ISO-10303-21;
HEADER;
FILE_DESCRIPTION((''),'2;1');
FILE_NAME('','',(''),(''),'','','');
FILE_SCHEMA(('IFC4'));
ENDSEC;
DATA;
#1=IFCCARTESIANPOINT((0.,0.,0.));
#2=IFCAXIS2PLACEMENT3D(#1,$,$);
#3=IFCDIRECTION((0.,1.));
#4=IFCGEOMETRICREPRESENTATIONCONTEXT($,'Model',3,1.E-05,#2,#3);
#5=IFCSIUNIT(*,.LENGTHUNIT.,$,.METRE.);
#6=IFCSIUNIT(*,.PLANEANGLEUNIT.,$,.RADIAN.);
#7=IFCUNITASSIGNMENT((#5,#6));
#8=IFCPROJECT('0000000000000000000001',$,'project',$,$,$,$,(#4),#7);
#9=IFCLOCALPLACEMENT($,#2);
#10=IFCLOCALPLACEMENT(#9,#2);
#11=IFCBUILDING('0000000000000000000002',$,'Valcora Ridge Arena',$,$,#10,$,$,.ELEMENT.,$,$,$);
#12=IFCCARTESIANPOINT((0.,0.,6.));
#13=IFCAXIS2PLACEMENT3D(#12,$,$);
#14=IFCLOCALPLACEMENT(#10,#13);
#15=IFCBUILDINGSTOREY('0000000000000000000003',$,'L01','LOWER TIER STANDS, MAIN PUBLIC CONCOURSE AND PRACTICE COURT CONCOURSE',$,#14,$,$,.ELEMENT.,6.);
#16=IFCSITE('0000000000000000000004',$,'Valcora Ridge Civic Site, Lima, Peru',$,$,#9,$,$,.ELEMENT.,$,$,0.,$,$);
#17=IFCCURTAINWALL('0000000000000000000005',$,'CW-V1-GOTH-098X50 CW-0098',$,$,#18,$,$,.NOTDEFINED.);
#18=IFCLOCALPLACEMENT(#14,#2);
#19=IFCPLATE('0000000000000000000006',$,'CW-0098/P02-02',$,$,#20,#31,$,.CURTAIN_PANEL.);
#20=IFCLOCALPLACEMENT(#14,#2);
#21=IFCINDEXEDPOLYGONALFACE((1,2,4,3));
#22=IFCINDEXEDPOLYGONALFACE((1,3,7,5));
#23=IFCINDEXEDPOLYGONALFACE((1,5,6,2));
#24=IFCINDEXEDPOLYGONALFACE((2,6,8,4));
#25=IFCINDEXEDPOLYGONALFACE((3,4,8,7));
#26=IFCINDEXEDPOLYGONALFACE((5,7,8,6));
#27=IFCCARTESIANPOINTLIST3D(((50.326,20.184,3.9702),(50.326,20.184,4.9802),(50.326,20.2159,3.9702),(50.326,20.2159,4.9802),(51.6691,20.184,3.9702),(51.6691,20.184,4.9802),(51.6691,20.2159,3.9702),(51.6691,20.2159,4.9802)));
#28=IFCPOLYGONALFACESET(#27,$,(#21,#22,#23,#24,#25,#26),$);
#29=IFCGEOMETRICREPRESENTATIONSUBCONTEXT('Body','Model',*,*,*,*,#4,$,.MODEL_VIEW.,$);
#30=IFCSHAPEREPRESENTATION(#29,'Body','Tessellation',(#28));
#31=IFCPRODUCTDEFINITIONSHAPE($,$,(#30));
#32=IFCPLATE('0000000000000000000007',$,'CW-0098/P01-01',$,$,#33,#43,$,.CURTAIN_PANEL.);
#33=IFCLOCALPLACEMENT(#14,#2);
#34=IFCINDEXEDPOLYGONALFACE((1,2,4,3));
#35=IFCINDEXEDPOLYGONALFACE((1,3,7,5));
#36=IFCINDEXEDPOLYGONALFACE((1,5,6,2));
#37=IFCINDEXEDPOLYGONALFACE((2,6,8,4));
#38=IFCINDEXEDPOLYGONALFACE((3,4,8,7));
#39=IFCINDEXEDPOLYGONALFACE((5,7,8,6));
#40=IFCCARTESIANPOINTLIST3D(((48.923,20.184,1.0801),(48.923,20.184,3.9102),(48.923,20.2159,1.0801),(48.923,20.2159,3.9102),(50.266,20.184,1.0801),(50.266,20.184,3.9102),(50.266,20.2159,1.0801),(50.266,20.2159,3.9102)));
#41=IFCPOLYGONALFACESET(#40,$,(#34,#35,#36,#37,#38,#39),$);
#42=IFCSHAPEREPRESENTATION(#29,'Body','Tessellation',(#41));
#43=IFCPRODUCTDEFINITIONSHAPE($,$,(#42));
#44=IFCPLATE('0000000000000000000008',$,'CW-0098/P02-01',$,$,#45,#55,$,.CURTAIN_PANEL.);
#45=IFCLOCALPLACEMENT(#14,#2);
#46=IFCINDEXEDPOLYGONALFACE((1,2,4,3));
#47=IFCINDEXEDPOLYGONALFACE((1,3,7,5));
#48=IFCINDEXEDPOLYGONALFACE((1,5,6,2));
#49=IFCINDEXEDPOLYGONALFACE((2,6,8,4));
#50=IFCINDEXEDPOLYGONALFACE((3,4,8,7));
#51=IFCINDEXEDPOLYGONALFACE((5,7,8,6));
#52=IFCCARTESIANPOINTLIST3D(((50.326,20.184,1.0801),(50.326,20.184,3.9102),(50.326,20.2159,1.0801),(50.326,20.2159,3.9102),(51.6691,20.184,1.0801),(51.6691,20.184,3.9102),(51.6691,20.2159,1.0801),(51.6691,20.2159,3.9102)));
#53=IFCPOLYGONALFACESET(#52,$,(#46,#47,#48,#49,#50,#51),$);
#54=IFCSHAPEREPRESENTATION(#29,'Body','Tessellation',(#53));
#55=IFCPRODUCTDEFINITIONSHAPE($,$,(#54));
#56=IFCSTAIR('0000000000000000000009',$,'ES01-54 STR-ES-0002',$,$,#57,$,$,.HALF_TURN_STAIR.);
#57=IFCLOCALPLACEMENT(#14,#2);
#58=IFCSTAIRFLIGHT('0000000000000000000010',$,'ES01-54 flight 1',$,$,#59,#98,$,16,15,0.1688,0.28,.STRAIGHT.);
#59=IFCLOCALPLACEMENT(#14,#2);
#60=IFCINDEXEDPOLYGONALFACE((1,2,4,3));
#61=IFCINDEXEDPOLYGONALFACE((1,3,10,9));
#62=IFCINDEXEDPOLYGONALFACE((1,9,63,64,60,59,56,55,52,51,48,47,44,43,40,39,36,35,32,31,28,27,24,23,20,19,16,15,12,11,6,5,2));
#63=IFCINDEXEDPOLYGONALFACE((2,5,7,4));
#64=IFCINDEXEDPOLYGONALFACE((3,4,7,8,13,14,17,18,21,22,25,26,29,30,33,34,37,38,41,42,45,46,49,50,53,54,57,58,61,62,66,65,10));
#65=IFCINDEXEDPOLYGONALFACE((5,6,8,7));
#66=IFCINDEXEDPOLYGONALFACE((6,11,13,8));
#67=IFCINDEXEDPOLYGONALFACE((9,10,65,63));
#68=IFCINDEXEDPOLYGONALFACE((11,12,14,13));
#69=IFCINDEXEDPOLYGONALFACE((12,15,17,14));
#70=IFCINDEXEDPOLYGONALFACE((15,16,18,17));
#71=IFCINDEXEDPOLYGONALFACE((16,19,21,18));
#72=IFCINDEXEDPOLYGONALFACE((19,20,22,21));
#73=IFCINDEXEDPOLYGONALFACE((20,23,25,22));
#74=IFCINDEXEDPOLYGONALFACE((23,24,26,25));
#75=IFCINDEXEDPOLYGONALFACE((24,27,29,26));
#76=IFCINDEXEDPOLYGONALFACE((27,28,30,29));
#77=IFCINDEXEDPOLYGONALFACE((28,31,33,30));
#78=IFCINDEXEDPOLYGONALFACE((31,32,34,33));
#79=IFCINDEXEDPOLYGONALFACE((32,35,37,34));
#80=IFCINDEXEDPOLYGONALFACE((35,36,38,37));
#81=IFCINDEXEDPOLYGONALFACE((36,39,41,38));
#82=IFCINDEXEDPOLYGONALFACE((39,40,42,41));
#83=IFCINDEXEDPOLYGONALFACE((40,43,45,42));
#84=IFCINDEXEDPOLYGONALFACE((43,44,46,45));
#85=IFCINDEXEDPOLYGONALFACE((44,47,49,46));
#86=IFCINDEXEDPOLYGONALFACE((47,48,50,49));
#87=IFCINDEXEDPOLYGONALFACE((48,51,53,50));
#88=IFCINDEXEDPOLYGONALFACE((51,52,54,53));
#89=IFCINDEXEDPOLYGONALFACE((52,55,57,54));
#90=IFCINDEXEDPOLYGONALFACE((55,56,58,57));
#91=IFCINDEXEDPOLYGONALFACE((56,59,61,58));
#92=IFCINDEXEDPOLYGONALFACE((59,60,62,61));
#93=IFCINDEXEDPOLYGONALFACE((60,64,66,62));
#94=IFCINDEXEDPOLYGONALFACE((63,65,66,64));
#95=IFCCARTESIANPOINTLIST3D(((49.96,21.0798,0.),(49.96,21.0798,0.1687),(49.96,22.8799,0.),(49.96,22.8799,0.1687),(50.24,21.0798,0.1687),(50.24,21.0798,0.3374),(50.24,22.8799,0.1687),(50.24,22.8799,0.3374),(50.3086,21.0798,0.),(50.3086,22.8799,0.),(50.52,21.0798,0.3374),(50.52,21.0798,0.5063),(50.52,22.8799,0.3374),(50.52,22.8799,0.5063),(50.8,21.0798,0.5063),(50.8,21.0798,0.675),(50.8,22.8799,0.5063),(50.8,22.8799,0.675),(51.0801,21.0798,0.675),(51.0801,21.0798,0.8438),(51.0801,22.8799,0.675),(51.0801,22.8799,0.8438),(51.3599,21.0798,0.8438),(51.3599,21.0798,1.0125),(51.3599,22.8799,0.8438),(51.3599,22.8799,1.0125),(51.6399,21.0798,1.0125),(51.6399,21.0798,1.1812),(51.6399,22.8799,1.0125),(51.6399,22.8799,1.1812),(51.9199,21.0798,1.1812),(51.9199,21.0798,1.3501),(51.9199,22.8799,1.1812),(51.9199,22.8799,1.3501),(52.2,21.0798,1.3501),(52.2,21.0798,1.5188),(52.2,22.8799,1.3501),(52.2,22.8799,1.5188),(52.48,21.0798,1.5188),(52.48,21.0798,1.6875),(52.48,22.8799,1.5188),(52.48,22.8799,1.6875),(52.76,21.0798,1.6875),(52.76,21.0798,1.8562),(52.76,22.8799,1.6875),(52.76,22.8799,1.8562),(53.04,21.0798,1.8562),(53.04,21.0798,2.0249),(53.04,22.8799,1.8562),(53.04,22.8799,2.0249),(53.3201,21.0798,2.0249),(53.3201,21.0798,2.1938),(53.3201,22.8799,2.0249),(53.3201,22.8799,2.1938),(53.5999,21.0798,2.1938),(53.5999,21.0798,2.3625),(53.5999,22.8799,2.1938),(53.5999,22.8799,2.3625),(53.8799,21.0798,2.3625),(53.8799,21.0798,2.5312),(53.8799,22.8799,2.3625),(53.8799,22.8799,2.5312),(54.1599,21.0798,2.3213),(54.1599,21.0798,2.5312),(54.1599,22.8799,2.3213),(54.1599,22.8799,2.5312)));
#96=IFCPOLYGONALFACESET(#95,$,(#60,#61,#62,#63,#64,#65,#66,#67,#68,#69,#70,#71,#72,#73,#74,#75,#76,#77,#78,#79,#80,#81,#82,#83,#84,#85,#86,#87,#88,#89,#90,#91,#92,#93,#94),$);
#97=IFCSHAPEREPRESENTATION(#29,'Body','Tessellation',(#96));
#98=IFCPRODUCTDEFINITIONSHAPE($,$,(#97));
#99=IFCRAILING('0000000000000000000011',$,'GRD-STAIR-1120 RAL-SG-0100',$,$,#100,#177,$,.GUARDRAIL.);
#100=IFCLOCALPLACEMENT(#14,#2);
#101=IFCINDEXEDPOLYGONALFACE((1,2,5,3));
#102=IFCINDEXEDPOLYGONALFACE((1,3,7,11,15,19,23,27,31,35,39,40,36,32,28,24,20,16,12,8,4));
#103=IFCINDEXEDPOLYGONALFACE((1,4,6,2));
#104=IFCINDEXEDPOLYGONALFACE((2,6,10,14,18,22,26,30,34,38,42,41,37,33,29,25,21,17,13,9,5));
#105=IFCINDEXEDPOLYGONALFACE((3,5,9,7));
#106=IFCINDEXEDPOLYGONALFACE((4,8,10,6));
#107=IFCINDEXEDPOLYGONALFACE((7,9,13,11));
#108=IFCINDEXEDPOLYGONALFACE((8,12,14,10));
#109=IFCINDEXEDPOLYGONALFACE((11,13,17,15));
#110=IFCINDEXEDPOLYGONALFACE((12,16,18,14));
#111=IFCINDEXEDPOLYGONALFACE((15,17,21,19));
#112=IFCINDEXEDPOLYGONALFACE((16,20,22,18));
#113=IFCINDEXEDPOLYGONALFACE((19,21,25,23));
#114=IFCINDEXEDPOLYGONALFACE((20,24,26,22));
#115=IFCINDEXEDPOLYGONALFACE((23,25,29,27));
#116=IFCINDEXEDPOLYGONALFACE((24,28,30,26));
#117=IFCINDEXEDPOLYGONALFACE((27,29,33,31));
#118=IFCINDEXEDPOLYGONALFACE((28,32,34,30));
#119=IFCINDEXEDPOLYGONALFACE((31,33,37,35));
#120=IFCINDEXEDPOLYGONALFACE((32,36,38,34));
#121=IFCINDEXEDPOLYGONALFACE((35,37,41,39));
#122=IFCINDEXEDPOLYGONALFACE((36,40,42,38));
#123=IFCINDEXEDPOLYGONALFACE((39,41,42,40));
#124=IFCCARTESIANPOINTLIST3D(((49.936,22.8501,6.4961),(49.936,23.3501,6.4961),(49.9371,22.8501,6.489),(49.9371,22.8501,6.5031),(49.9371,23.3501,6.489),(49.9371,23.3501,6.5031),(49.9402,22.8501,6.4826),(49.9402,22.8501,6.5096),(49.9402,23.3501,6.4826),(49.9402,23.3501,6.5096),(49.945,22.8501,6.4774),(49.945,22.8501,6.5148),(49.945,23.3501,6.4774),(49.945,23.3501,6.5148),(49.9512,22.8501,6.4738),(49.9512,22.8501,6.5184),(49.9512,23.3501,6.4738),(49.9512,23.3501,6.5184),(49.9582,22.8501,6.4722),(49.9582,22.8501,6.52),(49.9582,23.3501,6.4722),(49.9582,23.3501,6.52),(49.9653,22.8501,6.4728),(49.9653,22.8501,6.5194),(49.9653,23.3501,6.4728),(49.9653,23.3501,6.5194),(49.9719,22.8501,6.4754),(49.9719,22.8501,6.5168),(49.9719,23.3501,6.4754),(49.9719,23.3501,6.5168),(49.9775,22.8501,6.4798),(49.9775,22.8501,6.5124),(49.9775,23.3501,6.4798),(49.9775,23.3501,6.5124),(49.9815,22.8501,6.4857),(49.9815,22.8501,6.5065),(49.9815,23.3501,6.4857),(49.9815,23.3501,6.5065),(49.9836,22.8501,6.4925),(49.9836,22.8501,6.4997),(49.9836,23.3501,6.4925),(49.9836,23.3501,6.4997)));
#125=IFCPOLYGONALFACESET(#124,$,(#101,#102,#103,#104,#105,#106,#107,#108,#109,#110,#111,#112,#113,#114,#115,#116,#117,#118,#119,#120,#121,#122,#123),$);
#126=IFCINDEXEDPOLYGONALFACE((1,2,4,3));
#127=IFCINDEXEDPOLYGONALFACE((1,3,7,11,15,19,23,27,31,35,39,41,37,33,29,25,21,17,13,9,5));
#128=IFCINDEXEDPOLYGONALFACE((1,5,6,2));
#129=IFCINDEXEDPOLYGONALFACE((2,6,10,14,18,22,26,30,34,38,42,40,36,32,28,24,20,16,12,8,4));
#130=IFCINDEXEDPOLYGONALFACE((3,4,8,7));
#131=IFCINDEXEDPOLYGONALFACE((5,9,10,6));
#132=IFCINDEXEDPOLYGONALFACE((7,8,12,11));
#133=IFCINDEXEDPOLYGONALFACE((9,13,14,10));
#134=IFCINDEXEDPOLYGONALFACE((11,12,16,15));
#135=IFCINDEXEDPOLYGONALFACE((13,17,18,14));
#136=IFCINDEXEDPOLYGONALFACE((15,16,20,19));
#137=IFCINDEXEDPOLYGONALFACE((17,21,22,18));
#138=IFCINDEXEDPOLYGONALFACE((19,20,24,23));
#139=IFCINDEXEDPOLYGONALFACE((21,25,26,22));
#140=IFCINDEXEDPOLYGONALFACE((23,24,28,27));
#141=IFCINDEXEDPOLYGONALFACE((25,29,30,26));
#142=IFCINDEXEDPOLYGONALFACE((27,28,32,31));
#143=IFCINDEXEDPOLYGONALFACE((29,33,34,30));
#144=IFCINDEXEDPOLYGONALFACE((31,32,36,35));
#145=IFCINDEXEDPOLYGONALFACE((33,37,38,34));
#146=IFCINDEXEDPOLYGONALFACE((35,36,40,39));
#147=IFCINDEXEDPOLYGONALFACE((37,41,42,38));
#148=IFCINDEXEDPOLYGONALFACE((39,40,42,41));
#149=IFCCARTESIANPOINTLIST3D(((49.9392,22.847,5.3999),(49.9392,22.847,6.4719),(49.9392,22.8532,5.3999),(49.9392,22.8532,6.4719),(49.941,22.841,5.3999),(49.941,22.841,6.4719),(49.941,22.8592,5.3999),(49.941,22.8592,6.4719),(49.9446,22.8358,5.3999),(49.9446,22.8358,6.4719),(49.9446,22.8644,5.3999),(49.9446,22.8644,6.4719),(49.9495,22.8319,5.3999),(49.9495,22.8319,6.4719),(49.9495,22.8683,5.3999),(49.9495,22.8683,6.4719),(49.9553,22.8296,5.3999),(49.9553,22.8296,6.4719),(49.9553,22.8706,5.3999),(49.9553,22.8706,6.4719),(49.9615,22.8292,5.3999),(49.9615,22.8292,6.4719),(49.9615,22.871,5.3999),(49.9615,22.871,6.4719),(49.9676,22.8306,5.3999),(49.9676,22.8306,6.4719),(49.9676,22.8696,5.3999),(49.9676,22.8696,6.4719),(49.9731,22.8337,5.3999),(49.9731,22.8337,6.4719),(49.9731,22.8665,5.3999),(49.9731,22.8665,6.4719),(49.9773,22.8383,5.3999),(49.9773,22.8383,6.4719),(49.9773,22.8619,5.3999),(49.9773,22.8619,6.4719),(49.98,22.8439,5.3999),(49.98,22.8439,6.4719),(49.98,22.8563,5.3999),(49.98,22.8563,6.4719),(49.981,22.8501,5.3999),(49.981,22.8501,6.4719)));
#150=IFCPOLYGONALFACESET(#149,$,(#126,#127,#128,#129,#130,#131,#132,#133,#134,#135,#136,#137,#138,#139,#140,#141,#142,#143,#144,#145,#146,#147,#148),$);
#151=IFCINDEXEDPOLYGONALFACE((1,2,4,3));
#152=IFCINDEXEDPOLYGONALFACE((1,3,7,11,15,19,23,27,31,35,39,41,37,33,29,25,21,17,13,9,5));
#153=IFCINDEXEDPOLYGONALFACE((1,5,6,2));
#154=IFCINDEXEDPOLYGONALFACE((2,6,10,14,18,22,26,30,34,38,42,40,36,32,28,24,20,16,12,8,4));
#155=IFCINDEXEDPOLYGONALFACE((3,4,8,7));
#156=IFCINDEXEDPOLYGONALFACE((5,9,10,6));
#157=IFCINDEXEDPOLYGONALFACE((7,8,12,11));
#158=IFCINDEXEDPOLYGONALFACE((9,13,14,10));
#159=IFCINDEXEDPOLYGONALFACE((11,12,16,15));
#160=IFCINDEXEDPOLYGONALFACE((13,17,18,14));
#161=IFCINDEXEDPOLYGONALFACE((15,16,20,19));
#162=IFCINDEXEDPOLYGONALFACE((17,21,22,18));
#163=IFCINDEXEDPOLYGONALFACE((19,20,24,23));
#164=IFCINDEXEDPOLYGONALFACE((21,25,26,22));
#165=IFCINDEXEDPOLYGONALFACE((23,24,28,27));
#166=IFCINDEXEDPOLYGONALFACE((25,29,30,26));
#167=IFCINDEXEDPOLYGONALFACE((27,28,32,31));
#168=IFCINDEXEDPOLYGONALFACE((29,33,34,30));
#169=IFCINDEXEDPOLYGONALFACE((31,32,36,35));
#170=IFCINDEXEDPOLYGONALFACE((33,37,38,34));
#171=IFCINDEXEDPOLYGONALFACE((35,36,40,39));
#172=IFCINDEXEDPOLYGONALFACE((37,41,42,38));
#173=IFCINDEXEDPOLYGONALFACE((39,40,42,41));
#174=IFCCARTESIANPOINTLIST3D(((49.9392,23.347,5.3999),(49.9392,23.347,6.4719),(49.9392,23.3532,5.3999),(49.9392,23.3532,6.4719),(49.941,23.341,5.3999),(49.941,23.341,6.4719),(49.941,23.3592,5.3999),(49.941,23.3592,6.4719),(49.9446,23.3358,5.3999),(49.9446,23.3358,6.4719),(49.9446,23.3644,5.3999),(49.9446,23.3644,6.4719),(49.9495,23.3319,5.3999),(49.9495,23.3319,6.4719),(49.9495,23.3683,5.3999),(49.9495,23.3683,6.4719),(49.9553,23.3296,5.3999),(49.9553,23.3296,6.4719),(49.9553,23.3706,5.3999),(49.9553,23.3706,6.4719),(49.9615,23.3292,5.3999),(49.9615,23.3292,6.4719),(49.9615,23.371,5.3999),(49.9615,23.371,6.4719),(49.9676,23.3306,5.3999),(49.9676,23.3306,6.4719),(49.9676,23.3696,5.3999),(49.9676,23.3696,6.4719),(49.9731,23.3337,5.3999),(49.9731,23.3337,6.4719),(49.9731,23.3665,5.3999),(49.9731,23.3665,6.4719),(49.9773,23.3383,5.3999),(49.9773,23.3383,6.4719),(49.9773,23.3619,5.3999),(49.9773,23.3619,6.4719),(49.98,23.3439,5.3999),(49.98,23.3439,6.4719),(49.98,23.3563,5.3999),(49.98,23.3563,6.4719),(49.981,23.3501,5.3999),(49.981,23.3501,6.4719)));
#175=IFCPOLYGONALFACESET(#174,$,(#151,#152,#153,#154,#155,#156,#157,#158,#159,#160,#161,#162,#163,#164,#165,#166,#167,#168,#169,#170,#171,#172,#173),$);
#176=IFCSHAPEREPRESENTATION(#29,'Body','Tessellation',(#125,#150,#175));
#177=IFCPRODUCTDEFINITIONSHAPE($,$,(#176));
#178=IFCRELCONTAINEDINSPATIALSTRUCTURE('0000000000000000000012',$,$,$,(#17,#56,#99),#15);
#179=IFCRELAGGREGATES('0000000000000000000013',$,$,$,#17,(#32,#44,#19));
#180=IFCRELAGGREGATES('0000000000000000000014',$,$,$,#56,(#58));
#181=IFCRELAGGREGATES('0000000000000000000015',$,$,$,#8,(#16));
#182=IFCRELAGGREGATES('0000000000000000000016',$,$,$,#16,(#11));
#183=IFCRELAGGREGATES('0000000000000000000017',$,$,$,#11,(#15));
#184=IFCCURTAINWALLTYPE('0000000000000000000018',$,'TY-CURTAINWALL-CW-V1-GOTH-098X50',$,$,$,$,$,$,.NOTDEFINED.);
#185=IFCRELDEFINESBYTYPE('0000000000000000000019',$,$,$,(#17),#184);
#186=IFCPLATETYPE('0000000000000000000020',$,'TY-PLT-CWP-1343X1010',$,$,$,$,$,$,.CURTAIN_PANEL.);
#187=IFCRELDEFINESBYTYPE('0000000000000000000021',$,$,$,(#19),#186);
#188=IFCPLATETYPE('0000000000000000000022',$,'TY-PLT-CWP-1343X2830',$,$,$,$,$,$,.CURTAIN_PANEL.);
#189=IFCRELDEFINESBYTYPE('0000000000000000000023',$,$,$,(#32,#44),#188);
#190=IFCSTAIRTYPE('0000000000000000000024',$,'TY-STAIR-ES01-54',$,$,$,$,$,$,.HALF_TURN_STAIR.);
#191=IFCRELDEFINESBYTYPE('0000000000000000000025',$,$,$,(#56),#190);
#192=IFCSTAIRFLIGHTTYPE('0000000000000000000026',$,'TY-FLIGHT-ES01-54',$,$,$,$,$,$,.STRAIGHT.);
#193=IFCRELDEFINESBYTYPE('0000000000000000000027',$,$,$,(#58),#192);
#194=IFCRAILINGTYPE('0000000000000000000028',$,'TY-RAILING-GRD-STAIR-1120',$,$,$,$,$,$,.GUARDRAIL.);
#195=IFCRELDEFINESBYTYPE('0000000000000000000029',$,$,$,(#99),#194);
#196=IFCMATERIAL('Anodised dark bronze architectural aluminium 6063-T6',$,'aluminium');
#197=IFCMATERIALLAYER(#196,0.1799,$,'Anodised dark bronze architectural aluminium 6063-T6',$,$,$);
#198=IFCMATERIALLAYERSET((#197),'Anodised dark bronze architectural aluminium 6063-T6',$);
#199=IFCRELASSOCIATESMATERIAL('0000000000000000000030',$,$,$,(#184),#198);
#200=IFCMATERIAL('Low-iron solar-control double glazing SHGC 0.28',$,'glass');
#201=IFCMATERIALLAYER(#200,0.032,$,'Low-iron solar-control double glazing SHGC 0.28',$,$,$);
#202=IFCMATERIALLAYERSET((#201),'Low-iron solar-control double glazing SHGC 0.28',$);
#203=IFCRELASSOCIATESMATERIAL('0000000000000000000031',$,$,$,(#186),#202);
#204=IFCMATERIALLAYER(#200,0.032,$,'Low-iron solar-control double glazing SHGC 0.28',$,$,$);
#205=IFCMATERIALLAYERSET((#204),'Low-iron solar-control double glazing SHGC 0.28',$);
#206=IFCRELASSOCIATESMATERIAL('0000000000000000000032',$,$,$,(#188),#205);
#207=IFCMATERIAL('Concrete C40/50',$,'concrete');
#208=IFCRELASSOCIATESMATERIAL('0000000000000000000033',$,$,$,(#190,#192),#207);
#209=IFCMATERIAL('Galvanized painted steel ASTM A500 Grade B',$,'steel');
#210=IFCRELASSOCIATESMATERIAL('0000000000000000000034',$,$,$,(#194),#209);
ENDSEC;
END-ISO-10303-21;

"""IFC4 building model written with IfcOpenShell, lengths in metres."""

from ifc_helpers import new_model, si_unit, direction, frame, origin, origin_2d, place, context, subcontext, project, spatial, polyline, rectangle, circle, outline, extrude, material, layer, layer_set, type_object, element, aggregate, save


model = new_model("IFC4")

# Units and contexts
model_context = context("Model", 3, precision=1e-05, world=origin(), true_north=direction((0.0, 1.0)))
body_context = subcontext(model_context, "Body", "Model", "MODEL_VIEW")
ifc_project = project(units=[si_unit("LENGTHUNIT", "METRE"), si_unit("PLANEANGLEUNIT", "RADIAN")], contexts=[model_context])

# Site, building, storey
site_placement = place(None, origin())
site = spatial("IfcSite", under=ifc_project, at=site_placement, Name="Valcora Ridge Civic Site, Lima, Peru", CompositionType="ELEMENT", RefElevation=0.0)
building_placement = place(site_placement, origin())
building = spatial("IfcBuilding", under=site, at=building_placement, Name="Valcora Ridge Arena", CompositionType="ELEMENT")
storey_placement = place(building_placement, frame((0.0, 0.0, 6.0)))
storey = spatial("IfcBuildingStorey", under=building, at=storey_placement, Name="L01", Description="LOWER TIER STANDS, MAIN PUBLIC CONCOURSE AND PRACTICE COURT CONCOURSE", CompositionType="ELEMENT", Elevation=6.0)

# Shared definitions
ifc_material_1 = material(Name="Concrete C40/50", Category="concrete")

# Curtain wall, plates
ifc_material_2 = material(Name="Anodised dark bronze architectural aluminium 6063-T6", Category="aluminium")
ifc_layer_1 = layer(ifc_material_2, 0.1799, Name="Anodised dark bronze architectural aluminium 6063-T6")
ifc_layer_set_1 = layer_set([ifc_layer_1], Name="Anodised dark bronze architectural aluminium 6063-T6")
curtain_wall_type = type_object("IfcCurtainWallType", Name="TY-CURTAINWALL-CW-V1-GOTH-098X50", PredefinedType="NOTDEFINED", material=ifc_layer_set_1)
curtain_wall_placement = place(storey_placement, origin())
curtain_wall = element("IfcCurtainWall", 1, at=curtain_wall_placement, inside=storey, type_object=curtain_wall_type, Name="CW-V1-GOTH-098X50 CW-0098", PredefinedType="NOTDEFINED")
ifc_material_3 = material(Name="Low-iron solar-control double glazing SHGC 0.28", Category="glass")
ifc_layer_2 = layer(ifc_material_3, 0.032, Name="Low-iron solar-control double glazing SHGC 0.28")
ifc_layer_set_2 = layer_set([ifc_layer_2], Name="Low-iron solar-control double glazing SHGC 0.28")
plate_type_1 = type_object("IfcPlateType", Name="TY-PLT-CWP-1343X1010", PredefinedType="CURTAIN_PANEL", material=ifc_layer_set_2)
plate_1_placement = place(storey_placement, frame((50.9976, 20.2, 3.9702), z_axis=(0.0, 0.0, 1.0), x_axis=(1.0, 0.0, 0.0)))
plate_1 = element("IfcPlate", 2, at=plate_1_placement, type_object=plate_type_1, Name="CW-0098/P02-02", PredefinedType="CURTAIN_PANEL", context=body_context, shape_type="SweptSolid", body=[
    extrude(rectangle(XDim=1.343, YDim=0.032, at=origin_2d()), origin(), (0.0, 0.0, 1.0), 1.01),
])
ifc_layer_3 = layer(ifc_material_3, 0.032, Name="Low-iron solar-control double glazing SHGC 0.28")
ifc_layer_set_3 = layer_set([ifc_layer_3], Name="Low-iron solar-control double glazing SHGC 0.28")
plate_type_2 = type_object("IfcPlateType", Name="TY-PLT-CWP-1343X2830", PredefinedType="CURTAIN_PANEL", material=ifc_layer_set_3)
plate_2_placement = place(storey_placement, frame((49.5945, 20.2, 1.0801), z_axis=(0.0, 0.0, 1.0), x_axis=(1.0, 0.0, 0.0)))
plate_2 = element("IfcPlate", 3, at=plate_2_placement, type_object=plate_type_2, Name="CW-0098/P01-01", PredefinedType="CURTAIN_PANEL", context=body_context, shape_type="SweptSolid", body=[
    extrude(rectangle(XDim=1.343, YDim=0.032, at=origin_2d()), origin(), (0.0, 0.0, 1.0), 2.8301),
])
plate_3_placement = place(storey_placement, frame((50.9976, 20.2, 1.0801), z_axis=(0.0, 0.0, 1.0), x_axis=(1.0, 0.0, 0.0)))
plate_3 = element("IfcPlate", 4, at=plate_3_placement, type_object=plate_type_2, Name="CW-0098/P02-01", PredefinedType="CURTAIN_PANEL", context=body_context, shape_type="SweptSolid", body=[
    extrude(rectangle(XDim=1.343, YDim=0.032, at=origin_2d()), origin(), (0.0, 0.0, 1.0), 2.8301),
])
aggregate(curtain_wall, [plate_2, plate_3, plate_1])

# Stair, stair flight
stair_type = type_object("IfcStairType", Name="TY-STAIR-ES01-54", PredefinedType="HALF_TURN_STAIR", material=ifc_material_1)
stair_placement = place(storey_placement, origin())
stair = element("IfcStair", 5, at=stair_placement, inside=storey, type_object=stair_type, Name="ES01-54 STR-ES-0002", PredefinedType="HALF_TURN_STAIR")
stair_flight_type = type_object("IfcStairFlightType", Name="TY-FLIGHT-ES01-54", PredefinedType="STRAIGHT", material=ifc_material_1)
stair_flight_placement = place(storey_placement, frame((49.96, 21.98, 0.0), z_axis=(0.0, 0.0, 1.0), x_axis=(1.0, 0.0, 0.0)))
stair_flight = element("IfcStairFlight", 6, at=stair_flight_placement, type_object=stair_flight_type, Name="ES01-54 flight 1", NumberOfRisers=16, NumberOfTreads=15, PredefinedType="STRAIGHT", RiserHeight=0.1688, TreadLength=0.28, context=body_context, shape_type="SweptSolid", body=[
    extrude(outline(polyline([(0.0, 0.0), (0.0, 0.1687), (0.28, 0.1687), (0.28, 0.3374), (0.5601, 0.3374), (0.5601, 0.5063), (0.8401, 0.5063), (0.8401, 0.675), (1.1201, 0.675), (1.1201, 0.8438), (1.3999, 0.8438), (1.3999, 1.0125), (1.6799, 1.0125), (1.6799, 1.1812), (1.96, 1.1812), (1.96, 1.3501), (2.24, 1.3501), (2.24, 1.5188), (2.52, 1.5188), (2.52, 1.6875), (2.8, 1.6875), (2.8, 1.8562), (3.0801, 1.8562), (3.0801, 2.0249), (3.3601, 2.0249), (3.3601, 2.1938), (3.6399, 2.1938), (3.6399, 2.3625), (3.9199, 2.3625), (3.9199, 2.5312), (4.2, 2.5312), (4.2, 2.7), (4.2, 2.3213), (0.3486, 0.0), (0.0, 0.0)])), frame((0.0, 0.8999, 0.0), z_axis=(0.0, -1.0, 0.0), x_axis=(1.0, 0.0, 0.0)), (0.0, 0.0, 1.0), 1.8),
])
aggregate(stair, [stair_flight])

# Railing
ifc_material_4 = material(Name="Galvanized painted steel ASTM A500 Grade B", Category="steel")
railing_type_1 = type_object("IfcRailingType", Name="TY-RAILING-GRD-STAIR-1120", PredefinedType="GUARDRAIL", material=ifc_material_4)
railing_1_placement = place(storey_placement, frame((49.96, 22.8501, 5.3999)))
element("IfcRailing", 7, at=railing_1_placement, inside=storey, type_object=railing_type_1, Name="GRD-STAIR-1120 RAL-SG-0100", PredefinedType="GUARDRAIL", context=body_context, shape_type="SweptSolid", body=[
    extrude(circle(Radius=0.0239, at=origin_2d()), frame((0.0, 0.0, 1.0962), z_axis=(0.0, 1.0, 0.0), x_axis=(-1.0, 0.0, 0.0)), (0.0, 0.0, 1.0), 0.5),
    extrude(circle(Radius=0.021, at=origin_2d()), origin(), (0.0, 0.0, 1.0), 1.072),
    extrude(circle(Radius=0.021, at=origin_2d()), frame((0.0, 0.5, 0.0)), (0.0, 0.0, 1.0), 1.072),
])

save(model, "model.ifc")
